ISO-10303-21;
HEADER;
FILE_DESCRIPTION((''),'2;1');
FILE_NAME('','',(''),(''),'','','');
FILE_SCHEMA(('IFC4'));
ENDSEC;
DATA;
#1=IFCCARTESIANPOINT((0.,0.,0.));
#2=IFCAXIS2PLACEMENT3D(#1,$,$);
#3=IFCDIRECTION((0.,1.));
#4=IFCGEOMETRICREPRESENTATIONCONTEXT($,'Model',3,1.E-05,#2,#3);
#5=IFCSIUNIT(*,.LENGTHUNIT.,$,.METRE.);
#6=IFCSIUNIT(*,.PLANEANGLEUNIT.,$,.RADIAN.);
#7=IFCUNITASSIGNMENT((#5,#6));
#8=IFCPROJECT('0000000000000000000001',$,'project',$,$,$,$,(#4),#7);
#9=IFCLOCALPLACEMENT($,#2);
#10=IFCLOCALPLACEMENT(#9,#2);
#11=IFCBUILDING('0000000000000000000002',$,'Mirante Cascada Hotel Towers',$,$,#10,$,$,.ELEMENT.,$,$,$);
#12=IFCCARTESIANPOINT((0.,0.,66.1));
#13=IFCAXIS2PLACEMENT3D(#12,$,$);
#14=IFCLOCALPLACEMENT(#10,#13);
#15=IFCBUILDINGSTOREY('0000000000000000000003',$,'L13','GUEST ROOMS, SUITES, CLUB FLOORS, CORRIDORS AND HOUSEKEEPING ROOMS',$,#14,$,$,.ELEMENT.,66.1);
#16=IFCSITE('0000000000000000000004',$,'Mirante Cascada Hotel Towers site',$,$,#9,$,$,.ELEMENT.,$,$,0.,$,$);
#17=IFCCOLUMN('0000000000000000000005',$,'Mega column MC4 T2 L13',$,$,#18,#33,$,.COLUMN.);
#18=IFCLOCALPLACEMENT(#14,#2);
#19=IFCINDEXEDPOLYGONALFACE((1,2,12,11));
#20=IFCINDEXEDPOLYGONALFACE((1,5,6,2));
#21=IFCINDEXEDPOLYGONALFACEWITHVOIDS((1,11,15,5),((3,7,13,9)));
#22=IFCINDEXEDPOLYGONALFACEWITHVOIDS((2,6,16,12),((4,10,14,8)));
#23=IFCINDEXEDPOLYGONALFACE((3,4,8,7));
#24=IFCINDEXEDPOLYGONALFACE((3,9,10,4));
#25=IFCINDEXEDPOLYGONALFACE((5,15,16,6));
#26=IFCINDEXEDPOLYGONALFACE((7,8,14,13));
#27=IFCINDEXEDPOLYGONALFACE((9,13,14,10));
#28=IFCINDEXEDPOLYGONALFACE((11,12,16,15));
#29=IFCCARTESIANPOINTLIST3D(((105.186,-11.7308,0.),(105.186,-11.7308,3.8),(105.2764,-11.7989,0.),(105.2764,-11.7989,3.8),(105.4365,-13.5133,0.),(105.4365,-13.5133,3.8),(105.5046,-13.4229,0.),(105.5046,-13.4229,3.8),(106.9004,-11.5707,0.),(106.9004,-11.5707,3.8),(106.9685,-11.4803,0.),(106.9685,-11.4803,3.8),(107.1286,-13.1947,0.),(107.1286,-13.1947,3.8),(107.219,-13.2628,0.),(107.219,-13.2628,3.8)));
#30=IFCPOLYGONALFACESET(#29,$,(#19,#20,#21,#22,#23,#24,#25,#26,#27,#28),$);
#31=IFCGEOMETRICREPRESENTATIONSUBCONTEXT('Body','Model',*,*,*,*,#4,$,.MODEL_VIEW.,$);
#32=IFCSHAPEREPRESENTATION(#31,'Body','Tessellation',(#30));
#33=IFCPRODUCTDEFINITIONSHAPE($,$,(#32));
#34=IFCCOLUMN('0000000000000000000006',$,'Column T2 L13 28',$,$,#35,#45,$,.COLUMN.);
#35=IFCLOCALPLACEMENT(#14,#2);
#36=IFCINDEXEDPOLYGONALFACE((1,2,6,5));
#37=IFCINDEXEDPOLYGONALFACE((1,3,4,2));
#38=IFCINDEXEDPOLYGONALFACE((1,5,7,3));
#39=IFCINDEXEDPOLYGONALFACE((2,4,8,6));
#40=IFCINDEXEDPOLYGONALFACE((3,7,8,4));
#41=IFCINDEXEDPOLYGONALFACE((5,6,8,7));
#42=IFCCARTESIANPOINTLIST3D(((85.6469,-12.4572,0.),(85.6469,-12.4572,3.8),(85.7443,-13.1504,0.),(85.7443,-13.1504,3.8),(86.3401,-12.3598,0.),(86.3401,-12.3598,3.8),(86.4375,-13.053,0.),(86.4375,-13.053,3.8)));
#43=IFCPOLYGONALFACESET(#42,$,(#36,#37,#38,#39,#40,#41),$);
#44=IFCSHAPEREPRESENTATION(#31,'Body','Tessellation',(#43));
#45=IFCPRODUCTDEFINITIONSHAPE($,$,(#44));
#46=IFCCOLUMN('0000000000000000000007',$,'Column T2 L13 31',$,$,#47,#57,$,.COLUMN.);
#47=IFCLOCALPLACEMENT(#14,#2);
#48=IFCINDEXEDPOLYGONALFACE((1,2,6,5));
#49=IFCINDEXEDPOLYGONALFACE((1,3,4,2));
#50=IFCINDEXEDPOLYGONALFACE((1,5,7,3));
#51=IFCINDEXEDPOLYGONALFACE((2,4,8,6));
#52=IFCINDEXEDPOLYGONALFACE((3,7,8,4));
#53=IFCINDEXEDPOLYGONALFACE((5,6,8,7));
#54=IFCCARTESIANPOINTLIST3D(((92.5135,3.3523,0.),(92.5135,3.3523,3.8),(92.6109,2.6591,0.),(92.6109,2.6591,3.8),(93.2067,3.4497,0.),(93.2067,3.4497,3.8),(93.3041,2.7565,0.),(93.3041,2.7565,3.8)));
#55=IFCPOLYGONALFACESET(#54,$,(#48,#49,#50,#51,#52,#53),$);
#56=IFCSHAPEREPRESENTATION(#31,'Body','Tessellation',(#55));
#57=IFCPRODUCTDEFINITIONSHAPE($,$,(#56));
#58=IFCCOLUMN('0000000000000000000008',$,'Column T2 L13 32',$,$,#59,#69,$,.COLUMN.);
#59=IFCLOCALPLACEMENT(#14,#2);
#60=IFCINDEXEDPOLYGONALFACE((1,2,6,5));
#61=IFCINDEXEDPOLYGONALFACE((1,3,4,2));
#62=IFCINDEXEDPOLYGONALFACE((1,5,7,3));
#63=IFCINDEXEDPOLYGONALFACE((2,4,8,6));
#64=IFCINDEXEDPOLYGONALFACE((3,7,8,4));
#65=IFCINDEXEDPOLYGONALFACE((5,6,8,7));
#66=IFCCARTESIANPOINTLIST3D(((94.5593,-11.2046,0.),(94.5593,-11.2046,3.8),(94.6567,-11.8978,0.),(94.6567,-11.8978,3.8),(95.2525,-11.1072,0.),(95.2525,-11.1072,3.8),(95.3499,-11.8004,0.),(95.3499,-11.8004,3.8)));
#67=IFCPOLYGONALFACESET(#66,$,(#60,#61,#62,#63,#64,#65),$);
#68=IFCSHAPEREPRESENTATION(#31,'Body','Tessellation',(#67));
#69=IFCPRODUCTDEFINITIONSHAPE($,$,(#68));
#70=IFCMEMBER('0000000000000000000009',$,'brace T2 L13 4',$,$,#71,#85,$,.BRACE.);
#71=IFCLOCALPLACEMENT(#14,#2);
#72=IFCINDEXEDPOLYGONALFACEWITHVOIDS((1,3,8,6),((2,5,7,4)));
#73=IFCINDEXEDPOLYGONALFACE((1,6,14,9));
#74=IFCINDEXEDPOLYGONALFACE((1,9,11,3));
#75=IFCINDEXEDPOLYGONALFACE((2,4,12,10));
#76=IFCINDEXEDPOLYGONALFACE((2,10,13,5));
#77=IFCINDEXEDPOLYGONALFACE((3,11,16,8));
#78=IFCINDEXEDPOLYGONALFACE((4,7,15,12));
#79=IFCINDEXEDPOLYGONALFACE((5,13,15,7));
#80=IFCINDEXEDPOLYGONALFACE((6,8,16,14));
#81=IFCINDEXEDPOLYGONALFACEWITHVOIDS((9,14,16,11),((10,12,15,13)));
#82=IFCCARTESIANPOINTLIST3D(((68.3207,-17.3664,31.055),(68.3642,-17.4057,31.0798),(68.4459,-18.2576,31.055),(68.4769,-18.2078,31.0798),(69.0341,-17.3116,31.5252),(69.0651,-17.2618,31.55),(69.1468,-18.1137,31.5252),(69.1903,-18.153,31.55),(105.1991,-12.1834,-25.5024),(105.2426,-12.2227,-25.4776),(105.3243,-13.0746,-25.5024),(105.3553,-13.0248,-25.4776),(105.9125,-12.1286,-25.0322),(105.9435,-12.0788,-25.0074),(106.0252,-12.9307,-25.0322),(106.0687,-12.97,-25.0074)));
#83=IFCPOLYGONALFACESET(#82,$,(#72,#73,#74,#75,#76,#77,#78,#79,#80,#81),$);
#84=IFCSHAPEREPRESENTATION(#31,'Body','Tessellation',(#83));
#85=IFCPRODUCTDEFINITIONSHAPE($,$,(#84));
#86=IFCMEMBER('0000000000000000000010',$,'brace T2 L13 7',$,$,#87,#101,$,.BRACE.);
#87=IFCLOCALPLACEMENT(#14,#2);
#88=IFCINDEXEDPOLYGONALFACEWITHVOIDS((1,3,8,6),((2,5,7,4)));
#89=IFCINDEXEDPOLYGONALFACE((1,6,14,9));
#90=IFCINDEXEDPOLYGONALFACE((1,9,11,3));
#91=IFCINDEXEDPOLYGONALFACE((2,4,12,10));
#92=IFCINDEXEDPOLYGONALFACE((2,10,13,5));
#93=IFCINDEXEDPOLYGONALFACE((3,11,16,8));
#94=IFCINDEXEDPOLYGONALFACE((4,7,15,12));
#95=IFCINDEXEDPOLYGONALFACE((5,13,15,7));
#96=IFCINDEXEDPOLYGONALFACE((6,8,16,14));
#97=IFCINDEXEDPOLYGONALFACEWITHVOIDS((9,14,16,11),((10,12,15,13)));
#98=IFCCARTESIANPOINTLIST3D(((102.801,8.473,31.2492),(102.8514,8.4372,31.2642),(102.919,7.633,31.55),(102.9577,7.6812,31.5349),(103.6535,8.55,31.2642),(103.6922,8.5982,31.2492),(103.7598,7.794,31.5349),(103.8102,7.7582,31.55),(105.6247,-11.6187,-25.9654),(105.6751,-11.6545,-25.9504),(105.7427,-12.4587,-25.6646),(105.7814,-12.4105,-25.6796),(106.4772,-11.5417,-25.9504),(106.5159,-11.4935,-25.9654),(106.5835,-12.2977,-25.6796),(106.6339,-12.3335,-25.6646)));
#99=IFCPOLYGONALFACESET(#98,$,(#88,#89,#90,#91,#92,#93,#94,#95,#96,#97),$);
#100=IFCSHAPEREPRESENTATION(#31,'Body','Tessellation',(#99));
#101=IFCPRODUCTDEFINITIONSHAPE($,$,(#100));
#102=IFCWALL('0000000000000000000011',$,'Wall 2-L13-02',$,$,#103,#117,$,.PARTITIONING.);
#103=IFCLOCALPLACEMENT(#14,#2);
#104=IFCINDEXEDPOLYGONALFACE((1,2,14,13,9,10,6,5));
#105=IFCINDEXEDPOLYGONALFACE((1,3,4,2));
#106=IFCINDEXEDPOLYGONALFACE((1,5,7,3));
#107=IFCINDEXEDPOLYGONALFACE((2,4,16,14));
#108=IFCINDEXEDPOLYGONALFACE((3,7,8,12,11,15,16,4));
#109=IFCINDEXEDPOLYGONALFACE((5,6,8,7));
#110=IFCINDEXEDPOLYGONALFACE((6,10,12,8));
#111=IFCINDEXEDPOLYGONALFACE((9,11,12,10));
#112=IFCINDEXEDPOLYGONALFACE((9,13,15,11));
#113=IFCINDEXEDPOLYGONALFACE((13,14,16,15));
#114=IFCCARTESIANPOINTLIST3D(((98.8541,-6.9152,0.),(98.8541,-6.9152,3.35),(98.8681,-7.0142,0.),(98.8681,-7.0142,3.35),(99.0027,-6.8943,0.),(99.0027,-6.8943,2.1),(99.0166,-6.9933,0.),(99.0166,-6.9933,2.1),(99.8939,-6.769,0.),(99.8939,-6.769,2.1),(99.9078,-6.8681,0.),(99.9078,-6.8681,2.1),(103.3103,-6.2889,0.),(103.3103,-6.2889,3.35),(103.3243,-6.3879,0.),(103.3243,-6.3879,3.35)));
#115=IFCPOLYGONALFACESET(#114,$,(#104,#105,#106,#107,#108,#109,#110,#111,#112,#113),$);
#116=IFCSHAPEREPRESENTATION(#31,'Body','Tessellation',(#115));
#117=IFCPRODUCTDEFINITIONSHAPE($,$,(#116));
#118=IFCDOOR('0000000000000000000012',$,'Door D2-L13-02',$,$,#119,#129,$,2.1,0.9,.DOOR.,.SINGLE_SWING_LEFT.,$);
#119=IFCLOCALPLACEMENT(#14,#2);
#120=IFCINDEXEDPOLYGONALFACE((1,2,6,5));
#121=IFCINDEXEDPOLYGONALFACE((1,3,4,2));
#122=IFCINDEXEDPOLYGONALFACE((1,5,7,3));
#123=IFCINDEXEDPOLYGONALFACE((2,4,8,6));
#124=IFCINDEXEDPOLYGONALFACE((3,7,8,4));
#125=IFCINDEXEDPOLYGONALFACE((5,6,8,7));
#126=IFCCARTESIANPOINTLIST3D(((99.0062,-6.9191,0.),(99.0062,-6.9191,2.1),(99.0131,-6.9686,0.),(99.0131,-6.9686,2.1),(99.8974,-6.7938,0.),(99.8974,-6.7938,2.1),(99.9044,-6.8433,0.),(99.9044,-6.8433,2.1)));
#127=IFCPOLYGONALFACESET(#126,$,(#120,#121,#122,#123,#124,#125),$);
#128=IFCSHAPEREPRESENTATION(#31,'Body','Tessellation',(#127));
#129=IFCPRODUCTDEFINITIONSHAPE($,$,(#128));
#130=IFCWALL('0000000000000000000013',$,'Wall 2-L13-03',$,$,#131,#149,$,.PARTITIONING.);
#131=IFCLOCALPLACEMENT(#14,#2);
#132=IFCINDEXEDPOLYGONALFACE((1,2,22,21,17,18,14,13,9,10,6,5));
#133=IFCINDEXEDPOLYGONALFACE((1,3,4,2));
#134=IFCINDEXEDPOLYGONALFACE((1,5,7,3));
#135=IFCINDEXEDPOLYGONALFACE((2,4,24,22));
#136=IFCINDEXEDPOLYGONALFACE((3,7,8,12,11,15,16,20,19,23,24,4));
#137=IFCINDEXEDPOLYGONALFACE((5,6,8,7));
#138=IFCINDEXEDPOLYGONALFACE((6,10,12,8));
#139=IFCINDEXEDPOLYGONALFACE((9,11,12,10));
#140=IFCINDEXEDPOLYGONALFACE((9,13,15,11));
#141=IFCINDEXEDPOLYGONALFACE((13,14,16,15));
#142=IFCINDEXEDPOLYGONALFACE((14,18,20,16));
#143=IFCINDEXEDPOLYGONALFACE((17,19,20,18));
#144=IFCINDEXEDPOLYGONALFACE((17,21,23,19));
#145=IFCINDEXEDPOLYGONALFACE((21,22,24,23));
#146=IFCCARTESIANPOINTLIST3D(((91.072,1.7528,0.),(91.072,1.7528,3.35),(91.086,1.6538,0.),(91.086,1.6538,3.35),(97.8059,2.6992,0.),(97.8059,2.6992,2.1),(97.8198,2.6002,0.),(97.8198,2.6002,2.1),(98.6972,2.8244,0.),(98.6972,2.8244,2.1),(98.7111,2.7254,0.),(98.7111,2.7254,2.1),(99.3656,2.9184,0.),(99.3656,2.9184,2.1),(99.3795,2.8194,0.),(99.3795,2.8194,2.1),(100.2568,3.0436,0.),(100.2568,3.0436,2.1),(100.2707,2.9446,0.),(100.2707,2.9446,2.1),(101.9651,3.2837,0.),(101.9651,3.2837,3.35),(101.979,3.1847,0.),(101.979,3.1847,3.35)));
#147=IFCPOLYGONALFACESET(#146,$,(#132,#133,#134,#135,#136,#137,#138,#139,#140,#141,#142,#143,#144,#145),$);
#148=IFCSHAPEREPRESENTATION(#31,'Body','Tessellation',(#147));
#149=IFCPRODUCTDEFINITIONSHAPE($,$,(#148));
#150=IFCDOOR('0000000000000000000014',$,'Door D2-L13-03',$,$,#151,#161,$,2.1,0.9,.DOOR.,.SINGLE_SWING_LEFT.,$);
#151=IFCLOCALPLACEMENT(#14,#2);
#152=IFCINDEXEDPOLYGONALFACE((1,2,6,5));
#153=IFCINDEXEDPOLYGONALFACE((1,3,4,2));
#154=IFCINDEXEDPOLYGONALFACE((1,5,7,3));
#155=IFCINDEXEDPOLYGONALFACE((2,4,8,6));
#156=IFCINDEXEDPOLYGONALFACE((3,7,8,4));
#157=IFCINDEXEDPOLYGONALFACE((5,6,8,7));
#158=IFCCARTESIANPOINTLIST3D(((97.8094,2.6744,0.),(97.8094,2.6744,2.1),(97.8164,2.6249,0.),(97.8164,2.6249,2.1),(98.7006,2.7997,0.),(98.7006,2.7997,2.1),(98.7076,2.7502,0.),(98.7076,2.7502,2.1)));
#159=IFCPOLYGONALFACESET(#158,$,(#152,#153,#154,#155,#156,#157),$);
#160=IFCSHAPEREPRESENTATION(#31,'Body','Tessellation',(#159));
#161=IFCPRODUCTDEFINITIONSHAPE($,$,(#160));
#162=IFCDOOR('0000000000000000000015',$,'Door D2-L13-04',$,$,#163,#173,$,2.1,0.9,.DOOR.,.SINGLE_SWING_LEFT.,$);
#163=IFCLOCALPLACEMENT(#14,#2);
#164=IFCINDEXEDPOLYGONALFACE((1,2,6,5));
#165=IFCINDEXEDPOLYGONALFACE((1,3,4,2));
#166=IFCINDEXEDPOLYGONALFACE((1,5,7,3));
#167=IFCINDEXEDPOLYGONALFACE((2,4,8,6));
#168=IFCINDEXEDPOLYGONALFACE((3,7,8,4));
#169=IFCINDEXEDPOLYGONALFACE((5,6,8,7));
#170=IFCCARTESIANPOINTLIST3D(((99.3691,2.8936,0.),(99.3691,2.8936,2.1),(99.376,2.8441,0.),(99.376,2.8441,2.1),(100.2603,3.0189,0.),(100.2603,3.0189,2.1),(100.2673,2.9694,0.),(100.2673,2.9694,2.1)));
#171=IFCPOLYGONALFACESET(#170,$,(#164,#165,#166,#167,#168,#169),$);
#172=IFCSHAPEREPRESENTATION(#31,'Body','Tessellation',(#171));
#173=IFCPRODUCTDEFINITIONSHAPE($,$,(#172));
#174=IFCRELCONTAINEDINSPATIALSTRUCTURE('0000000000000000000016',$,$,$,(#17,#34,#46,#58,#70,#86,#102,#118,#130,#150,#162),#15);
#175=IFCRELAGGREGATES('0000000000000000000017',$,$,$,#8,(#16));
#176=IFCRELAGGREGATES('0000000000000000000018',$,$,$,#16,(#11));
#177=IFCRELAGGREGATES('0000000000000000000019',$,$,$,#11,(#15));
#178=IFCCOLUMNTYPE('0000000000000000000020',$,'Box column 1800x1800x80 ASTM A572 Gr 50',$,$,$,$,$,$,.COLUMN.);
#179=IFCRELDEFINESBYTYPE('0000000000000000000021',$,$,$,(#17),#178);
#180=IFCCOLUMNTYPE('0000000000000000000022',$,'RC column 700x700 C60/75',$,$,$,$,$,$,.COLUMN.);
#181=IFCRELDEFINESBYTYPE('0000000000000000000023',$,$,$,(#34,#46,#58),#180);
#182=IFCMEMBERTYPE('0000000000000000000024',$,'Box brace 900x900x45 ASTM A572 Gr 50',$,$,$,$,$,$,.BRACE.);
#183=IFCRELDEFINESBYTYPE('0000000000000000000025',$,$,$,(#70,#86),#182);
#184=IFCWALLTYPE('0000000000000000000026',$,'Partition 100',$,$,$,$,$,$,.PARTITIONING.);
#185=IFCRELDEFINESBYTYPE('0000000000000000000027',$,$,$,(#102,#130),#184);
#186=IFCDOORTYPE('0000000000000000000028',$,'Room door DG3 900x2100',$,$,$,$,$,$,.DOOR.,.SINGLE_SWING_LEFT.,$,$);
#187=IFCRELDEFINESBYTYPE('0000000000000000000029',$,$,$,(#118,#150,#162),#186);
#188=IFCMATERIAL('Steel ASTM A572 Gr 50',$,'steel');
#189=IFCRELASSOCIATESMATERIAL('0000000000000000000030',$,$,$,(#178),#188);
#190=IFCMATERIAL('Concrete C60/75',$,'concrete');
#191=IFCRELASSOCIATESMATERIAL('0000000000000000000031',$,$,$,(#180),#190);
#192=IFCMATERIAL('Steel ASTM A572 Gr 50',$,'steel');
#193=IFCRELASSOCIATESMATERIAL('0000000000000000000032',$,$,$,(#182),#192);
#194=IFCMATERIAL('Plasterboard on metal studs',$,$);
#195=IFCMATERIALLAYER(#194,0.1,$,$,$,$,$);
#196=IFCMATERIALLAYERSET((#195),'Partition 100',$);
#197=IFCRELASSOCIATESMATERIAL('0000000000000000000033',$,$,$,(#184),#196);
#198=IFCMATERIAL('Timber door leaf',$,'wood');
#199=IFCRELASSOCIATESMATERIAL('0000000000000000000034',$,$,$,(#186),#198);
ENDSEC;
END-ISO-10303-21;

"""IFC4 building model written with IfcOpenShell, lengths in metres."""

from ifc_helpers import new_model, si_unit, direction, frame, frame_2d, origin, origin_2d, place, context, subcontext, project, spatial, rectangle, hollow_rectangle, extrude, material, layer, layer_set, material_profile, profile_set, type_object, element, fill, save


model = new_model("IFC4")

# Units and contexts
model_context = context("Model", 3, precision=1e-05, world=origin(), true_north=direction((0.0, 1.0)))
body_context = subcontext(model_context, "Body", "Model", "MODEL_VIEW")
ifc_project = project(units=[si_unit("LENGTHUNIT", "METRE"), si_unit("PLANEANGLEUNIT", "RADIAN")], contexts=[model_context])

# Site, building, storey
site_placement = place(None, origin())
site = spatial("IfcSite", under=ifc_project, at=site_placement, Name="Mirante Cascada Hotel Towers site", CompositionType="ELEMENT", RefElevation=0.0)
building_placement = place(site_placement, origin())
building = spatial("IfcBuilding", under=site, at=building_placement, Name="Mirante Cascada Hotel Towers", CompositionType="ELEMENT")
storey_placement = place(building_placement, frame((0.0, 0.0, 66.1)))
storey = spatial("IfcBuildingStorey", under=building, at=storey_placement, Name="L13", Description="GUEST ROOMS, SUITES, CLUB FLOORS, CORRIDORS AND HOUSEKEEPING ROOMS", CompositionType="ELEMENT", Elevation=66.1)

# Columns
ifc_material_1 = material(Name="Steel ASTM A572 Gr 50", Category="steel")
ifc_material_profile_1 = material_profile(ifc_material_1, hollow_rectangle(XDim=1.8, YDim=1.8, WallThickness=0.08, at=origin_2d()), Name="Box column 1800x1800x80 ASTM A572 Gr 50")
ifc_profile_set_1 = profile_set([ifc_material_profile_1], Name="Steel ASTM A572 Gr 50")
column_type_1 = type_object("IfcColumnType", Name="Box column 1800x1800x80 ASTM A572 Gr 50", PredefinedType="COLUMN", material=ifc_profile_set_1)
column_placement = place(storey_placement, frame((106.2025, -12.4968, 0.0), z_axis=(0.0, 0.0, 1.0), x_axis=(0.990268, 0.139173, 0.0)))
element("IfcColumn", 1, at=column_placement, inside=storey, type_object=column_type_1, Name="Mega column MC4 T2 L13", PredefinedType="COLUMN", context=body_context, shape_type="SweptSolid", body=[
    extrude(hollow_rectangle(XDim=1.8, YDim=1.8, WallThickness=0.08, at=origin_2d()), origin(), (0.0, 0.0, 1.0), 3.8),
])
ifc_material_2 = material(Name="Concrete C60/75", Category="concrete")
ifc_material_profile_2 = material_profile(ifc_material_2, rectangle(XDim=0.7, YDim=0.7, at=origin_2d()), Name="RC column 700x700 C60/75")
ifc_profile_set_2 = profile_set([ifc_material_profile_2], Name="Concrete C60/75")
column_type_2 = type_object("IfcColumnType", Name="RC column 700x700 C60/75", PredefinedType="COLUMN", material=ifc_profile_set_2)
for number, where, z_axis, x_axis, name in (
    (2, (86.0422, -12.7551, 0.0), (0.0, 0.0, 1.0), (0.990268, 0.139173, 0.0), "Column T2 L13 28"),
    (3, (92.9088, 3.0544, 0.0), (0.0, 0.0, 1.0), (0.990268, 0.139173, 0.0), "Column T2 L13 31"),
    (4, (94.9546, -11.5025, 0.0), (0.0, 0.0, 1.0), (0.990268, 0.139173, 0.0), "Column T2 L13 32"),
):
    element("IfcColumn", number, at=place(storey_placement, frame(where, z_axis=z_axis, x_axis=x_axis)), inside=storey, type_object=column_type_2, Name=name, PredefinedType="COLUMN", context=body_context, shape_type="SweptSolid", body=[
        extrude(rectangle(XDim=0.7, YDim=0.7, at=origin_2d()), origin(), (0.0, 0.0, 1.0), 3.8),
    ])

# Members
ifc_material_3 = material(Name="Steel ASTM A572 Gr 50", Category="steel")
ifc_material_profile_3 = material_profile(ifc_material_3, hollow_rectangle(XDim=0.9, YDim=0.9, WallThickness=0.045, at=origin_2d()), Name="Box brace 900x900x45 ASTM A572 Gr 50")
ifc_profile_set_3 = profile_set([ifc_material_profile_3], Name="Steel ASTM A572 Gr 50")
member_type = type_object("IfcMemberType", Name="Box brace 900x900x45 ASTM A572 Gr 50", PredefinedType="BRACE", material=ifc_profile_set_3)
member_1_placement = place(storey_placement, frame((105.6339, -12.5767, -25.2549), z_axis=(-0.544594, -0.076539, 0.8352), x_axis=(0.139175, -0.990268, 0.0)))
element("IfcMember", 5, at=member_1_placement, inside=storey, type_object=member_type, Name="brace T2 L13 4", PredefinedType="BRACE", context=body_context, shape_type="SweptSolid", body=[
    extrude(hollow_rectangle(XDim=0.9, YDim=0.9, WallThickness=0.045, at=origin_2d()), origin(), (0.0, 0.0, 1.0), 67.7172),
])
member_2_placement = place(storey_placement, frame((106.1293, -11.9761, -25.815), z_axis=(-0.046515, 0.33097, 0.942494), x_axis=(-0.990268, -0.139173, 0.0)))
element("IfcMember", 6, at=member_2_placement, inside=storey, type_object=member_type, Name="brace T2 L13 7", PredefinedType="BRACE", context=body_context, shape_type="SweptSolid", body=[
    extrude(hollow_rectangle(XDim=0.9, YDim=0.9, WallThickness=0.045, at=origin_2d()), origin(), (0.0, 0.0, 1.0), 60.7055),
])

# Wall, opening, door
ifc_material_4 = material(Name="Plasterboard on metal studs")
ifc_layer_1 = layer(ifc_material_4, 0.1)
ifc_layer_set_1 = layer_set([ifc_layer_1], Name="Partition 100")
wall_type_1 = type_object("IfcWallType", Name="Partition 100", PredefinedType="PARTITIONING", material=ifc_layer_set_1)
wall_1_placement = place(storey_placement, frame((98.8611, -6.9647, 0.0), z_axis=(0.0, 0.0, 1.0), x_axis=(0.990267, 0.139178, 0.0)))
wall_1 = element("IfcWall", 7, at=wall_1_placement, inside=storey, type_object=wall_type_1, Name="Wall 2-L13-02", PredefinedType="PARTITIONING", context=body_context, shape_type="SweptSolid", body=[
    extrude(rectangle(XDim=4.5, YDim=0.1, at=frame_2d((2.25, 0.0))), origin(), (0.0, 0.0, 1.0), 3.35),
])
opening_1_placement = place(wall_1_placement, frame((0.15, 0.0, 0.0)))
opening_1 = element("IfcOpeningElement", 8, at=opening_1_placement, cuts=wall_1, PredefinedType="OPENING", context=body_context, shape_type="SweptSolid", body=[
    extrude(rectangle(XDim=0.9, YDim=2.1, at=frame_2d((0.45, 1.05))), frame((0.0, 0.05, 0.0), z_axis=(0.0, -1.0, 0.0), x_axis=(1.0, 0.0, 0.0)), (0.0, 0.0, 1.0), 0.1),
])
ifc_material_5 = material(Name="Timber door leaf", Category="wood")
door_type = type_object("IfcDoorType", Name="Room door DG3 900x2100", OperationType="SINGLE_SWING_LEFT", PredefinedType="DOOR", material=ifc_material_5)
door_1_placement = place(opening_1_placement, origin())
door_1 = element("IfcDoor", 9, at=door_1_placement, inside=storey, type_object=door_type, Name="Door D2-L13-02", OperationType="SINGLE_SWING_LEFT", OverallHeight=2.1, OverallWidth=0.9, PredefinedType="DOOR", context=body_context, shape_type="SweptSolid", body=[
    extrude(rectangle(XDim=0.9, YDim=2.1, at=frame_2d((0.45, 1.05))), frame((0.0, 0.025, 0.0), z_axis=(0.0, -1.0, 0.0), x_axis=(1.0, 0.0, 0.0)), (0.0, 0.0, 1.0), 0.05),
])
fill(opening_1, door_1)

# Wall, openings, doors
wall_2_placement = place(storey_placement, frame((101.972, 3.2342, 0.0), z_axis=(0.0, 0.0, 1.0), x_axis=(-0.990268, -0.139172, 0.0)))
wall_2 = element("IfcWall", 10, at=wall_2_placement, inside=storey, type_object=wall_type_1, Name="Wall 2-L13-03", PredefinedType="PARTITIONING", context=body_context, shape_type="SweptSolid", body=[
    extrude(rectangle(XDim=11.0001, YDim=0.1, at=frame_2d((5.5, 0.0))), origin(), (0.0, 0.0, 1.0), 3.35),
])
opening_2_placement = place(wall_2_placement, frame((3.3, 0.0, 0.0)))
opening_2 = element("IfcOpeningElement", 11, at=opening_2_placement, cuts=wall_2, PredefinedType="OPENING", context=body_context, shape_type="SweptSolid", body=[
    extrude(rectangle(XDim=0.9, YDim=2.1, at=frame_2d((0.45, 1.05))), frame((0.0, 0.05, 0.0), z_axis=(0.0, -1.0, 0.0), x_axis=(1.0, 0.0, 0.0)), (0.0, 0.0, 1.0), 0.1),
])
opening_3_placement = place(wall_2_placement, frame((1.725, 0.0, 0.0)))
opening_3 = element("IfcOpeningElement", 12, at=opening_3_placement, cuts=wall_2, PredefinedType="OPENING", context=body_context, shape_type="SweptSolid", body=[
    extrude(rectangle(XDim=0.9, YDim=2.1, at=frame_2d((0.45, 1.05))), frame((0.0, 0.05, 0.0), z_axis=(0.0, -1.0, 0.0), x_axis=(1.0, 0.0, 0.0)), (0.0, 0.0, 1.0), 0.1),
])
door_2_placement = place(opening_2_placement, origin())
door_2 = element("IfcDoor", 13, at=door_2_placement, inside=storey, type_object=door_type, Name="Door D2-L13-03", OperationType="SINGLE_SWING_LEFT", OverallHeight=2.1, OverallWidth=0.9, PredefinedType="DOOR", context=body_context, shape_type="SweptSolid", body=[
    extrude(rectangle(XDim=0.9, YDim=2.1, at=frame_2d((0.45, 1.05))), frame((0.0, 0.025, 0.0), z_axis=(0.0, -1.0, 0.0), x_axis=(1.0, 0.0, 0.0)), (0.0, 0.0, 1.0), 0.05),
])
fill(opening_2, door_2)
door_3_placement = place(opening_3_placement, origin())
door_3 = element("IfcDoor", 14, at=door_3_placement, inside=storey, type_object=door_type, Name="Door D2-L13-04", OperationType="SINGLE_SWING_LEFT", OverallHeight=2.1, OverallWidth=0.9, PredefinedType="DOOR", context=body_context, shape_type="SweptSolid", body=[
    extrude(rectangle(XDim=0.9, YDim=2.1, at=frame_2d((0.45, 1.05))), frame((0.0, 0.025, 0.0), z_axis=(0.0, -1.0, 0.0), x_axis=(1.0, 0.0, 0.0)), (0.0, 0.0, 1.0), 0.05),
])
fill(opening_3, door_3)

save(model, "model.ifc")
